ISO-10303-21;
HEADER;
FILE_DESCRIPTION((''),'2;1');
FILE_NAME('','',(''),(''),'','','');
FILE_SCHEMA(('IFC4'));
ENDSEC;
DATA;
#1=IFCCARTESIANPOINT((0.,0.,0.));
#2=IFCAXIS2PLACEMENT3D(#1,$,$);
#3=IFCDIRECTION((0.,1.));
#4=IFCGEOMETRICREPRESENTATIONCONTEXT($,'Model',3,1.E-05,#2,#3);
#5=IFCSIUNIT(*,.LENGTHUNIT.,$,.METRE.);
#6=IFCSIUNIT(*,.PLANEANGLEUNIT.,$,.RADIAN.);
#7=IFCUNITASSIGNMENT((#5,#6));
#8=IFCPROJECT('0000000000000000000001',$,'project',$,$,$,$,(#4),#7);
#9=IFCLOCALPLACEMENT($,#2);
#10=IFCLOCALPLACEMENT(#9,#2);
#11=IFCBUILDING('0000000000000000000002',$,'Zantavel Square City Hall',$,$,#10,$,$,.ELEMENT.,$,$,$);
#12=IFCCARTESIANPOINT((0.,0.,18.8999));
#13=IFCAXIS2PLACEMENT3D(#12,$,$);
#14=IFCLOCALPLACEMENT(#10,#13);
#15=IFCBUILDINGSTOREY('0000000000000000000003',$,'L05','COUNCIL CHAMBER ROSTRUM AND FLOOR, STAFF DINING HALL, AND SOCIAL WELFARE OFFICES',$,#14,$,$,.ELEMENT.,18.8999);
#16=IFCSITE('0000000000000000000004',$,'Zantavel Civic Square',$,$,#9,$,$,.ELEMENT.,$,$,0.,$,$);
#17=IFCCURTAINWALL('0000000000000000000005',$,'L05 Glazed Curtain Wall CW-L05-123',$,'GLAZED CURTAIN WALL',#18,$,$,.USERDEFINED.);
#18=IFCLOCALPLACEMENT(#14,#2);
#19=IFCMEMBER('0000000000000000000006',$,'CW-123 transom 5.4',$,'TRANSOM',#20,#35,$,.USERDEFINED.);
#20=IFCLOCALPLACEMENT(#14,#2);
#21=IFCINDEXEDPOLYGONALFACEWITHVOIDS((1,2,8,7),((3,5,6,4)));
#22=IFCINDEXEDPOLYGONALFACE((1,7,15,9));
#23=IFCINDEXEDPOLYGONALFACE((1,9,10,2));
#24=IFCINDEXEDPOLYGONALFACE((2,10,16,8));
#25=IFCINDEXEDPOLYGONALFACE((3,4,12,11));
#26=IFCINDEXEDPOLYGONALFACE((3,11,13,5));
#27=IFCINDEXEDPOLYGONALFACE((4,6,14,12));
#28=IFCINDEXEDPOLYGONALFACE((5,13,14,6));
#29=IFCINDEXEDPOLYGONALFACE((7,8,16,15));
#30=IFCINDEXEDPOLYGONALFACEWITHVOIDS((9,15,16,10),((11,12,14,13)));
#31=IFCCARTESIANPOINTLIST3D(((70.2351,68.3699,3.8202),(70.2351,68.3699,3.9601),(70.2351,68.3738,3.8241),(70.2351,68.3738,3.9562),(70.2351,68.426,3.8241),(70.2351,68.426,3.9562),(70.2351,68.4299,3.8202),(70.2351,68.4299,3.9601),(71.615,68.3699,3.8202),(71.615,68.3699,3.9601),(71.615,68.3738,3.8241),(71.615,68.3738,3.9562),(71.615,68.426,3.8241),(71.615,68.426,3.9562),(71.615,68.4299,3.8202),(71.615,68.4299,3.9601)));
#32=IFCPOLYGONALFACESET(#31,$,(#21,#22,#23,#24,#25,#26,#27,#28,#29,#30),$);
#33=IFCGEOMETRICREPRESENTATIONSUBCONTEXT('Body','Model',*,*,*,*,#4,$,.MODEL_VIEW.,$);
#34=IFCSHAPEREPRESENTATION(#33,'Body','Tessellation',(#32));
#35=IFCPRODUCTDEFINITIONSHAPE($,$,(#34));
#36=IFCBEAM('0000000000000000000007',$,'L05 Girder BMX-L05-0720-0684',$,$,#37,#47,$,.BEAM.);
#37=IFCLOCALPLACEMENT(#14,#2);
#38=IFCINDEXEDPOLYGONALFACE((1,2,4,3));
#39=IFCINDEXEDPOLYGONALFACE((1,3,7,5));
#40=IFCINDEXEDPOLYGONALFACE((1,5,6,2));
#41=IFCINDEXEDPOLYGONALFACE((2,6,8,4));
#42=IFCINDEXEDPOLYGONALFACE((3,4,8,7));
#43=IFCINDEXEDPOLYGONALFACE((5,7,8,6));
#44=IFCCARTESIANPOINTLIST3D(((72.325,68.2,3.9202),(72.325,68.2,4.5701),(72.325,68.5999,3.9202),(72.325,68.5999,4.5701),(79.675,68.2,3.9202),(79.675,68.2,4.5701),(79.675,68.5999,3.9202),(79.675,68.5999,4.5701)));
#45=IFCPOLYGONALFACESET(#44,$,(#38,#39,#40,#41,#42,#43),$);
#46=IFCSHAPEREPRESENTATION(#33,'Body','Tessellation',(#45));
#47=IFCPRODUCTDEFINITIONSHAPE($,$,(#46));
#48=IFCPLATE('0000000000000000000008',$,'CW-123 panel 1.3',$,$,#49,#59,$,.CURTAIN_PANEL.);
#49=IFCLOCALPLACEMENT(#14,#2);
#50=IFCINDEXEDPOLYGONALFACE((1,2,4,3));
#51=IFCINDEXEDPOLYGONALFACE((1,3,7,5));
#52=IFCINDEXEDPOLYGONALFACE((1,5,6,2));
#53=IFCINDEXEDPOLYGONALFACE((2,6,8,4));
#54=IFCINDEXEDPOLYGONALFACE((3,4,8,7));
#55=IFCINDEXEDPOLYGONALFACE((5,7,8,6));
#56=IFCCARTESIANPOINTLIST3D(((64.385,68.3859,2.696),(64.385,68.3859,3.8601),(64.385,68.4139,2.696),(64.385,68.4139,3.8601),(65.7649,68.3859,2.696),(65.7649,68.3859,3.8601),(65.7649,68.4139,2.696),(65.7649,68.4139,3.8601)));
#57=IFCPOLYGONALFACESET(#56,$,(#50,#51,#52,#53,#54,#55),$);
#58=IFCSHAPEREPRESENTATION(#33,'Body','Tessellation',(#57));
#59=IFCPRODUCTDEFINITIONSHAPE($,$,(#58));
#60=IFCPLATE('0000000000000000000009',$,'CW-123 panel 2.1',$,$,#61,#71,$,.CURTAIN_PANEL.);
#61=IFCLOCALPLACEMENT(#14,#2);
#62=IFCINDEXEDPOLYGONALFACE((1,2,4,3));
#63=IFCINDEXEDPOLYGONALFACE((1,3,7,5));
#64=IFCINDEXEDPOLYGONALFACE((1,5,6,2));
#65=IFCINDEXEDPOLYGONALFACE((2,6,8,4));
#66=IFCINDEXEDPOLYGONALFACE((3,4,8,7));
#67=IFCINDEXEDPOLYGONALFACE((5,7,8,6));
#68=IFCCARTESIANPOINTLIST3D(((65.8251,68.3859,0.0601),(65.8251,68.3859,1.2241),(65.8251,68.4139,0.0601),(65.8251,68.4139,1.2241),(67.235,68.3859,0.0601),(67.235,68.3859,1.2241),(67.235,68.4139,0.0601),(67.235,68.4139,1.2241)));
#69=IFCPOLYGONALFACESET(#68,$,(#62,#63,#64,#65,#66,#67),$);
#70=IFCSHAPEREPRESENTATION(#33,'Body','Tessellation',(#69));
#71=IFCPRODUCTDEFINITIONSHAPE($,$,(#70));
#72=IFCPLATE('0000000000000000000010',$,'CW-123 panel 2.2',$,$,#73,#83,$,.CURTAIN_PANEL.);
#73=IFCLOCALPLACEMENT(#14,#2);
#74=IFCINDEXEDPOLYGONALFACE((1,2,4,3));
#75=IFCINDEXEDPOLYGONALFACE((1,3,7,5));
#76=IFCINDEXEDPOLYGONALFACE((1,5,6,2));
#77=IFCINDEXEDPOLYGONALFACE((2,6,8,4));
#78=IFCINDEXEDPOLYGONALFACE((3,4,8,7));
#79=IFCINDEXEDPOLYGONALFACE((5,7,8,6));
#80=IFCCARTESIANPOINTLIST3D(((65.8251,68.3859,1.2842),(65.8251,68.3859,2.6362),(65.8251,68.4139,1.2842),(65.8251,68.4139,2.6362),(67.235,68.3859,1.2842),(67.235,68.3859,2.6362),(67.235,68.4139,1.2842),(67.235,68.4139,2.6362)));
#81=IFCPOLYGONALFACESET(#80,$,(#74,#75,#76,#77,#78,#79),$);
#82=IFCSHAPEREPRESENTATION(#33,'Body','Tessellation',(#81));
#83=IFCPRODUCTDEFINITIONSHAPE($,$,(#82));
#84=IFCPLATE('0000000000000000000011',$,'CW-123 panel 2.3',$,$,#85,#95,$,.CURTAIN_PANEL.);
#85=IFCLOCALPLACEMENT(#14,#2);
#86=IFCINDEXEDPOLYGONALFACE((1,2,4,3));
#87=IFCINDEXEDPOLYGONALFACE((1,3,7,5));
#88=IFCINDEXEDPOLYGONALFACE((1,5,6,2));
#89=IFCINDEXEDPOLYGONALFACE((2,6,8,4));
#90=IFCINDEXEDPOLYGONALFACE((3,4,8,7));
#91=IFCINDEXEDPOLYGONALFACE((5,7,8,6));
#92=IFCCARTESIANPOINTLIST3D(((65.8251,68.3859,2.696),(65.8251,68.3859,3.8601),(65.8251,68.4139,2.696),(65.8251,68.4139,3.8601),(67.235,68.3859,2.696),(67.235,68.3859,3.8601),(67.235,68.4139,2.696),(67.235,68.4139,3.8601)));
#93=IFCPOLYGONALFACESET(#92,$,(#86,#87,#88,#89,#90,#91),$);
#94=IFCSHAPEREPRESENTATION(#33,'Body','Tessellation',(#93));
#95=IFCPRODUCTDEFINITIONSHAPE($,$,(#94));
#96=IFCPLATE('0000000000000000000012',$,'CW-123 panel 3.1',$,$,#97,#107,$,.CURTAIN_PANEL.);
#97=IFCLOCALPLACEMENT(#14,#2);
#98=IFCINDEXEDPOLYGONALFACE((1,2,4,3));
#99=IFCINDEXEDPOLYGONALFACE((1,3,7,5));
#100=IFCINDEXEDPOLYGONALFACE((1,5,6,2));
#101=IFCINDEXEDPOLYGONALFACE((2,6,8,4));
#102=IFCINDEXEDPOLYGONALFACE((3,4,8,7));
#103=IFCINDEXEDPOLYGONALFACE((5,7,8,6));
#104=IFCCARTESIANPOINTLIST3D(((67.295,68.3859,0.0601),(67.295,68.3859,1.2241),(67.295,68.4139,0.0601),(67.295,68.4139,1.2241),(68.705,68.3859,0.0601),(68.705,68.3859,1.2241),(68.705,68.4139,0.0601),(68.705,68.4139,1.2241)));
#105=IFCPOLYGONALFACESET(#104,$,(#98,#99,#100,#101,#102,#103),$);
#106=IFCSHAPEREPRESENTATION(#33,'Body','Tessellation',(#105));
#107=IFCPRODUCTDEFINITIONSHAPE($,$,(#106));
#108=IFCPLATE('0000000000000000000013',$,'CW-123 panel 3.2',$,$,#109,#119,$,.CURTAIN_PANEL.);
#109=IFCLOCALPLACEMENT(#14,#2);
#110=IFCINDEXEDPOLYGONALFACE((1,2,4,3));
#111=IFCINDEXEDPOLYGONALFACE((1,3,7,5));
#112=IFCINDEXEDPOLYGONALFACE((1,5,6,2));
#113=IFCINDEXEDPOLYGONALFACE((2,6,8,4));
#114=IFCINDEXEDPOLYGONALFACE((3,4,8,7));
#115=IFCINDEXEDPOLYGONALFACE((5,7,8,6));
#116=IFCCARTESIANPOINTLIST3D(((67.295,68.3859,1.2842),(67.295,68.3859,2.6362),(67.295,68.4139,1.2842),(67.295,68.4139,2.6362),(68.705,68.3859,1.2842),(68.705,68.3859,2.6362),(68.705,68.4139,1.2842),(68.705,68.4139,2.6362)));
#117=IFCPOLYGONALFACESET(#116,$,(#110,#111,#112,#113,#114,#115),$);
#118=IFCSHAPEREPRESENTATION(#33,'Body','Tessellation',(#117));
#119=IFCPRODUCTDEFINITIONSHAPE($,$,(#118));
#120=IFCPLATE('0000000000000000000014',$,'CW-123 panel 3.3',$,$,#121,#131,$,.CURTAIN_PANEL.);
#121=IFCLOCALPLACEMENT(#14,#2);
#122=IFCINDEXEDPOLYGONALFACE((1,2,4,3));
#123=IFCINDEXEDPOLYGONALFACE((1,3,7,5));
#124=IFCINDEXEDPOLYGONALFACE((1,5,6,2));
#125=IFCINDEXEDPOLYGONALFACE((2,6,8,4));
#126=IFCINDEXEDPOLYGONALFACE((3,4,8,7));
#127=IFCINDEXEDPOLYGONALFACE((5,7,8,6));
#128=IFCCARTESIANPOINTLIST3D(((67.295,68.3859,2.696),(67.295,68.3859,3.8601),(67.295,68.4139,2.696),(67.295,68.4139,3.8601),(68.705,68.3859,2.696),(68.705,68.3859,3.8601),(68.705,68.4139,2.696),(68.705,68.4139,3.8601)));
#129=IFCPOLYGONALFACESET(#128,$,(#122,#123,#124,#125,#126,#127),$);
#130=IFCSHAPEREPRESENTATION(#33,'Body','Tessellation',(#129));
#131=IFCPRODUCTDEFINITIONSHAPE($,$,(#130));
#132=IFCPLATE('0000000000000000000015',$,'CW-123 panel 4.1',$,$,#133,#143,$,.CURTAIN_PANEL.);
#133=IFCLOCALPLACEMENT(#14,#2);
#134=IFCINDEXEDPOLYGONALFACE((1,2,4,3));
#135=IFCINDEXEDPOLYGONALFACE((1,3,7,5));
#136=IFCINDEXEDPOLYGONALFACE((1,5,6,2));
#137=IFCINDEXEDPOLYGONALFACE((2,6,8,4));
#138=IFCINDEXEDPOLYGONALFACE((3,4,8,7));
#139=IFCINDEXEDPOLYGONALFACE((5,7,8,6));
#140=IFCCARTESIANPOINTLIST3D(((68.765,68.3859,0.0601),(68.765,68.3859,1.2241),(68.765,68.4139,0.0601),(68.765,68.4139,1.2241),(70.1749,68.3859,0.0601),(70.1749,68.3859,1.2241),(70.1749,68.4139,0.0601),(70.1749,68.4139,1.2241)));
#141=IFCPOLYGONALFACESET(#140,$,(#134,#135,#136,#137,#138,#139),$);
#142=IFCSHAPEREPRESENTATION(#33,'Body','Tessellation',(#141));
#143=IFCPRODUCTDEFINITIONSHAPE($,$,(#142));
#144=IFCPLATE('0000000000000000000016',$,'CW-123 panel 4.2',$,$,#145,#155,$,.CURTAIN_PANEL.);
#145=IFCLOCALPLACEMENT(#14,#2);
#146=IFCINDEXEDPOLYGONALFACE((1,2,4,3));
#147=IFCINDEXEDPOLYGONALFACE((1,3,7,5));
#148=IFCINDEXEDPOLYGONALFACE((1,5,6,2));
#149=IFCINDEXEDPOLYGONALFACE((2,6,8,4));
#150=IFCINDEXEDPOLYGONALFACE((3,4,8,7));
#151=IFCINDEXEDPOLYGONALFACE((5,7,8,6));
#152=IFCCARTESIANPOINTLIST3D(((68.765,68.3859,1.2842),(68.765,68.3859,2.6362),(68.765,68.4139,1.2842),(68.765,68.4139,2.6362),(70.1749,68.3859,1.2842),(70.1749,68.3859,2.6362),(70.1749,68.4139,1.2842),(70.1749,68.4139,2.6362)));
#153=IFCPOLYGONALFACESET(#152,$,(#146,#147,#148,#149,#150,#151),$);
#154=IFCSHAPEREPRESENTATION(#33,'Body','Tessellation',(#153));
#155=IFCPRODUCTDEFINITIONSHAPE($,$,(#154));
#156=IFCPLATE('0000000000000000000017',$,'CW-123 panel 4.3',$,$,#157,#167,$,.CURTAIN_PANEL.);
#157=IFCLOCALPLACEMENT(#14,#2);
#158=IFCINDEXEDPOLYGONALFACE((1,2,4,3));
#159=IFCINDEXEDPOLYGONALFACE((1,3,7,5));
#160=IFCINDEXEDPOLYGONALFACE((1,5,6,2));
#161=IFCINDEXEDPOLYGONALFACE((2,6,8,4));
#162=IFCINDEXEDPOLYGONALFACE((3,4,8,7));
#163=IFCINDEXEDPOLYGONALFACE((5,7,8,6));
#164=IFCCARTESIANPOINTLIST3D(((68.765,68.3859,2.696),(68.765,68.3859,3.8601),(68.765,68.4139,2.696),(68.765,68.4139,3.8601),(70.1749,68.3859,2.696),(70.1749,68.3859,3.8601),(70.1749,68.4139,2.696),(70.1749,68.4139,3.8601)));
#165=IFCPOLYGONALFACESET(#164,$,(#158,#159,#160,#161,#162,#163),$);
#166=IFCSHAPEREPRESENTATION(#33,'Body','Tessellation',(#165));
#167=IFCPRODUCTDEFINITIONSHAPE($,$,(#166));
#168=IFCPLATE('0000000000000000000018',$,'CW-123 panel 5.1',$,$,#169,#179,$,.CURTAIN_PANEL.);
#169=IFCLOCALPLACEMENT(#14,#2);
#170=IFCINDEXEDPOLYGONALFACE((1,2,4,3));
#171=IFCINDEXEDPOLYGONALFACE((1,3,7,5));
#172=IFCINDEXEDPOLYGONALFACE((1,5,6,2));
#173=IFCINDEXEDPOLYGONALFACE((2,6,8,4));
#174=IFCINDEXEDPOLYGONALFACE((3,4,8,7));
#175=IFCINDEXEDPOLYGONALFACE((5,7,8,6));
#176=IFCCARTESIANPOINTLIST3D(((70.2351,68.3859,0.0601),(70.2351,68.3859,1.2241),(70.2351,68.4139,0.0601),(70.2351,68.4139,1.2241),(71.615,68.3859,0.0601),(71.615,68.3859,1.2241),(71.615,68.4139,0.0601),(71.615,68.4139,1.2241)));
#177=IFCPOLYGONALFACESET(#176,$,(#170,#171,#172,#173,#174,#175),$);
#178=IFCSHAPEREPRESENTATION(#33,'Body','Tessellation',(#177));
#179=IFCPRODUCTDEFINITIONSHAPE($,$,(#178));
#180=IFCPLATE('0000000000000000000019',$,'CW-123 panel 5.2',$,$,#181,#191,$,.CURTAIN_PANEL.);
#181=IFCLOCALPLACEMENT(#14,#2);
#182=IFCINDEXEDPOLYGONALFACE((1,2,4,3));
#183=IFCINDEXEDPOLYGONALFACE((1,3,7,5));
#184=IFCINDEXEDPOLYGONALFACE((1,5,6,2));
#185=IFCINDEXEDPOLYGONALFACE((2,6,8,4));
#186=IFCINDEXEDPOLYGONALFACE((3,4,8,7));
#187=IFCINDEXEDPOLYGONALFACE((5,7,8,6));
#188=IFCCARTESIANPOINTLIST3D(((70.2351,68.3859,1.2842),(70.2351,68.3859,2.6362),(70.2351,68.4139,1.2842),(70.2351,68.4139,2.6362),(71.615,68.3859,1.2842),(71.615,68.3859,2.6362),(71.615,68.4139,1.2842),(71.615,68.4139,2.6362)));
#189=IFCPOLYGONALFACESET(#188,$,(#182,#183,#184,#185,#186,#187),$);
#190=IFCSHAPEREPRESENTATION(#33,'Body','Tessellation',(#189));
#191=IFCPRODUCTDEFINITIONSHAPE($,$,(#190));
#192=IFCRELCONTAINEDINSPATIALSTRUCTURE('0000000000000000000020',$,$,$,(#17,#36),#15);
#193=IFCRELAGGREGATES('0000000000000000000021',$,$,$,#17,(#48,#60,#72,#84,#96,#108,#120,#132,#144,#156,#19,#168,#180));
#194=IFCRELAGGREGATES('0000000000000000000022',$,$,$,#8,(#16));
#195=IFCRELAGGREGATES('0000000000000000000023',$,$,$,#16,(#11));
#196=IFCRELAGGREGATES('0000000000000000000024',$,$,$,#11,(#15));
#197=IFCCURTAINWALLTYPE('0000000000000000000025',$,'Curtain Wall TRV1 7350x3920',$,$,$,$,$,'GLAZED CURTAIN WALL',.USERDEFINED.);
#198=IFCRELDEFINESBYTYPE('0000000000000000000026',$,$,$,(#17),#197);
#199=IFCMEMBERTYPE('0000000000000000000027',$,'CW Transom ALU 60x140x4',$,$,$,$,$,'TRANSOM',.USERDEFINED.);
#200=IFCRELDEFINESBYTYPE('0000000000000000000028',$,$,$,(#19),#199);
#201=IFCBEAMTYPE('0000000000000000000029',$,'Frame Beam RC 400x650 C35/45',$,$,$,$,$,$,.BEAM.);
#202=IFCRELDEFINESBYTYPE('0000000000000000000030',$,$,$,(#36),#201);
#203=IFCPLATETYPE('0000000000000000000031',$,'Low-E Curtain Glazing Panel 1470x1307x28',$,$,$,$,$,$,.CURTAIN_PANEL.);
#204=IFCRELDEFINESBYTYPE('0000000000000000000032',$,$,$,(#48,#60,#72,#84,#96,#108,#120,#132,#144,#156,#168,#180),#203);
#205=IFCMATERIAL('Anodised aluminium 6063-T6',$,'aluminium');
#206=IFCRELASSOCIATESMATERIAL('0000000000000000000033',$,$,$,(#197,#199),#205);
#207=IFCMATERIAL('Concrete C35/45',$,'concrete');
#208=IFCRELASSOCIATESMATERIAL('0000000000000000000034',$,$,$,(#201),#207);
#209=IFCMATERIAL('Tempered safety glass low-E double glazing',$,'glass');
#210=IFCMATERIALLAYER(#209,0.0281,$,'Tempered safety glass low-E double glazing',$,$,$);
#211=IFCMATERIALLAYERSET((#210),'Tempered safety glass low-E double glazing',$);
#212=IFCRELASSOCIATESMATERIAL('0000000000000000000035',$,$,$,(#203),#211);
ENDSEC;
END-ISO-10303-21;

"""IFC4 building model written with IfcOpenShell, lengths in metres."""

from ifc_helpers import new_model, si_unit, direction, frame, origin, origin_2d, place, context, subcontext, project, spatial, rectangle, hollow_rectangle, extrude, material, layer, layer_set, material_profile, profile_set, type_object, element, aggregate, save


model = new_model("IFC4")

# Units and contexts
model_context = context("Model", 3, precision=1e-05, world=origin(), true_north=direction((0.0, 1.0)))
body_context = subcontext(model_context, "Body", "Model", "MODEL_VIEW")
ifc_project = project(units=[si_unit("LENGTHUNIT", "METRE"), si_unit("PLANEANGLEUNIT", "RADIAN")], contexts=[model_context])

# Site, building, storey
site_placement = place(None, origin())
site = spatial("IfcSite", under=ifc_project, at=site_placement, Name="Zantavel Civic Square", CompositionType="ELEMENT", RefElevation=0.0)
building_placement = place(site_placement, origin())
building = spatial("IfcBuilding", under=site, at=building_placement, Name="Zantavel Square City Hall", CompositionType="ELEMENT")
storey_placement = place(building_placement, frame((0.0, 0.0, 18.8999)))
storey = spatial("IfcBuildingStorey", under=building, at=storey_placement, Name="L05", Description="COUNCIL CHAMBER ROSTRUM AND FLOOR, STAFF DINING HALL, AND SOCIAL WELFARE OFFICES", CompositionType="ELEMENT", Elevation=18.8999)

# Curtain wall
ifc_material_1 = material(Name="Anodised aluminium 6063-T6", Category="aluminium")
curtain_wall_type = type_object("IfcCurtainWallType", Name="Curtain Wall TRV1 7350x3920", ElementType="GLAZED CURTAIN WALL", PredefinedType="USERDEFINED", material=ifc_material_1)
curtain_wall_1_placement = place(storey_placement, origin())
curtain_wall_1 = element("IfcCurtainWall", 1, at=curtain_wall_1_placement, inside=storey, type_object=curtain_wall_type, Name="L05 Glazed Curtain Wall CW-L05-123", ObjectType="GLAZED CURTAIN WALL", PredefinedType="USERDEFINED")

# Member
ifc_material_profile_1 = material_profile(ifc_material_1, hollow_rectangle(XDim=0.0601, YDim=0.1399, WallThickness=0.0039, at=origin_2d()), Name="ALU 60x140x4")
ifc_profile_set_1 = profile_set([ifc_material_profile_1], Name="Anodised aluminium 6063-T6")
member_type_1 = type_object("IfcMemberType", Name="CW Transom ALU 60x140x4", ElementType="TRANSOM", PredefinedType="USERDEFINED", material=ifc_profile_set_1)
member_1_placement = place(storey_placement, frame((70.2351, 68.3999, 3.8901), z_axis=(1.0, 0.0, 0.0), x_axis=(0.0, 1.0, 0.0)))
member_1 = element("IfcMember", 2, at=member_1_placement, type_object=member_type_1, Name="CW-123 transom 5.4", ObjectType="TRANSOM", PredefinedType="USERDEFINED", context=body_context, shape_type="SweptSolid", body=[
    extrude(hollow_rectangle(XDim=0.0601, YDim=0.1399, WallThickness=0.0039, at=origin_2d()), origin(), (0.0, 0.0, 1.0), 1.3799),
])

# Beam
ifc_material_2 = material(Name="Concrete C35/45", Category="concrete")
ifc_material_profile_2 = material_profile(ifc_material_2, rectangle(XDim=0.3999, YDim=0.6499, at=origin_2d()), Name="RC 400x650")
ifc_profile_set_2 = profile_set([ifc_material_profile_2], Name="Concrete C35/45")
beam_type = type_object("IfcBeamType", Name="Frame Beam RC 400x650 C35/45", PredefinedType="BEAM", material=ifc_profile_set_2)
beam_placement = place(storey_placement, frame((72.325, 68.3999, 4.2451), z_axis=(1.0, 0.0, 0.0), x_axis=(0.0, 1.0, 0.0)))
element("IfcBeam", 3, at=beam_placement, inside=storey, type_object=beam_type, Name="L05 Girder BMX-L05-0720-0684", PredefinedType="BEAM", context=body_context, shape_type="SweptSolid", body=[
    extrude(rectangle(XDim=0.3999, YDim=0.6499, at=origin_2d()), origin(), (0.0, 0.0, 1.0), 7.3501),
])

# Plates
ifc_material_3 = material(Name="Tempered safety glass low-E double glazing", Category="glass")
ifc_layer = layer(ifc_material_3, 0.0281, Name="Tempered safety glass low-E double glazing")
ifc_layer_set = layer_set([ifc_layer], Name="Tempered safety glass low-E double glazing")
plate_type = type_object("IfcPlateType", Name="Low-E Curtain Glazing Panel 1470x1307x28", PredefinedType="CURTAIN_PANEL", material=ifc_layer_set)
plate_1_placement = place(storey_placement, frame((65.075, 68.3999, 2.696), z_axis=(0.0, 0.0, 1.0), x_axis=(1.0, 0.0, 0.0)))
plate_1 = element("IfcPlate", 4, at=plate_1_placement, type_object=plate_type, Name="CW-123 panel 1.3", PredefinedType="CURTAIN_PANEL", context=body_context, shape_type="SweptSolid", body=[
    extrude(rectangle(XDim=1.3799, YDim=0.0281, at=origin_2d()), origin(), (0.0, 0.0, 1.0), 1.1641),
])
plate_2_placement = place(storey_placement, frame((66.53, 68.3999, 0.0601), z_axis=(0.0, 0.0, 1.0), x_axis=(1.0, 0.0, 0.0)))
plate_2 = element("IfcPlate", 5, at=plate_2_placement, type_object=plate_type, Name="CW-123 panel 2.1", PredefinedType="CURTAIN_PANEL", context=body_context, shape_type="SweptSolid", body=[
    extrude(rectangle(XDim=1.4099, YDim=0.0281, at=origin_2d()), origin(), (0.0, 0.0, 1.0), 1.1641),
])
plate_3_placement = place(storey_placement, frame((66.53, 68.3999, 1.2842), z_axis=(0.0, 0.0, 1.0), x_axis=(1.0, 0.0, 0.0)))
plate_3 = element("IfcPlate", 6, at=plate_3_placement, type_object=plate_type, Name="CW-123 panel 2.2", PredefinedType="CURTAIN_PANEL", context=body_context, shape_type="SweptSolid", body=[
    extrude(rectangle(XDim=1.4099, YDim=0.0281, at=origin_2d()), origin(), (0.0, 0.0, 1.0), 1.3521),
])
plate_4_placement = place(storey_placement, frame((66.53, 68.3999, 2.696), z_axis=(0.0, 0.0, 1.0), x_axis=(1.0, 0.0, 0.0)))
plate_4 = element("IfcPlate", 7, at=plate_4_placement, type_object=plate_type, Name="CW-123 panel 2.3", PredefinedType="CURTAIN_PANEL", context=body_context, shape_type="SweptSolid", body=[
    extrude(rectangle(XDim=1.4099, YDim=0.0281, at=origin_2d()), origin(), (0.0, 0.0, 1.0), 1.1641),
])
plate_5_placement = place(storey_placement, frame((68.0, 68.3999, 0.0601), z_axis=(0.0, 0.0, 1.0), x_axis=(1.0, 0.0, 0.0)))
plate_5 = element("IfcPlate", 8, at=plate_5_placement, type_object=plate_type, Name="CW-123 panel 3.1", PredefinedType="CURTAIN_PANEL", context=body_context, shape_type="SweptSolid", body=[
    extrude(rectangle(XDim=1.4099, YDim=0.0281, at=origin_2d()), origin(), (0.0, 0.0, 1.0), 1.1641),
])
plate_6_placement = place(storey_placement, frame((68.0, 68.3999, 1.2842), z_axis=(0.0, 0.0, 1.0), x_axis=(1.0, 0.0, 0.0)))
plate_6 = element("IfcPlate", 9, at=plate_6_placement, type_object=plate_type, Name="CW-123 panel 3.2", PredefinedType="CURTAIN_PANEL", context=body_context, shape_type="SweptSolid", body=[
    extrude(rectangle(XDim=1.4099, YDim=0.0281, at=origin_2d()), origin(), (0.0, 0.0, 1.0), 1.3521),
])
plate_7_placement = place(storey_placement, frame((68.0, 68.3999, 2.696), z_axis=(0.0, 0.0, 1.0), x_axis=(1.0, 0.0, 0.0)))
plate_7 = element("IfcPlate", 10, at=plate_7_placement, type_object=plate_type, Name="CW-123 panel 3.3", PredefinedType="CURTAIN_PANEL", context=body_context, shape_type="SweptSolid", body=[
    extrude(rectangle(XDim=1.4099, YDim=0.0281, at=origin_2d()), origin(), (0.0, 0.0, 1.0), 1.1641),
])
plate_8_placement = place(storey_placement, frame((69.47, 68.3999, 0.0601), z_axis=(0.0, 0.0, 1.0), x_axis=(1.0, 0.0, 0.0)))
plate_8 = element("IfcPlate", 11, at=plate_8_placement, type_object=plate_type, Name="CW-123 panel 4.1", PredefinedType="CURTAIN_PANEL", context=body_context, shape_type="SweptSolid", body=[
    extrude(rectangle(XDim=1.4099, YDim=0.0281, at=origin_2d()), origin(), (0.0, 0.0, 1.0), 1.1641),
])
plate_9_placement = place(storey_placement, frame((69.47, 68.3999, 1.2842), z_axis=(0.0, 0.0, 1.0), x_axis=(1.0, 0.0, 0.0)))
plate_9 = element("IfcPlate", 12, at=plate_9_placement, type_object=plate_type, Name="CW-123 panel 4.2", PredefinedType="CURTAIN_PANEL", context=body_context, shape_type="SweptSolid", body=[
    extrude(rectangle(XDim=1.4099, YDim=0.0281, at=origin_2d()), origin(), (0.0, 0.0, 1.0), 1.3521),
])
plate_10_placement = place(storey_placement, frame((69.47, 68.3999, 2.696), z_axis=(0.0, 0.0, 1.0), x_axis=(1.0, 0.0, 0.0)))
plate_10 = element("IfcPlate", 13, at=plate_10_placement, type_object=plate_type, Name="CW-123 panel 4.3", PredefinedType="CURTAIN_PANEL", context=body_context, shape_type="SweptSolid", body=[
    extrude(rectangle(XDim=1.4099, YDim=0.0281, at=origin_2d()), origin(), (0.0, 0.0, 1.0), 1.1641),
])
plate_11_placement = place(storey_placement, frame((70.925, 68.3999, 0.0601), z_axis=(0.0, 0.0, 1.0), x_axis=(1.0, 0.0, 0.0)))
plate_11 = element("IfcPlate", 14, at=plate_11_placement, type_object=plate_type, Name="CW-123 panel 5.1", PredefinedType="CURTAIN_PANEL", context=body_context, shape_type="SweptSolid", body=[
    extrude(rectangle(XDim=1.3799, YDim=0.0281, at=origin_2d()), origin(), (0.0, 0.0, 1.0), 1.1641),
])
plate_12_placement = place(storey_placement, frame((70.925, 68.3999, 1.2842), z_axis=(0.0, 0.0, 1.0), x_axis=(1.0, 0.0, 0.0)))
plate_12 = element("IfcPlate", 15, at=plate_12_placement, type_object=plate_type, Name="CW-123 panel 5.2", PredefinedType="CURTAIN_PANEL", context=body_context, shape_type="SweptSolid", body=[
    extrude(rectangle(XDim=1.3799, YDim=0.0281, at=origin_2d()), origin(), (0.0, 0.0, 1.0), 1.3521),
])
aggregate(curtain_wall_1, [plate_1, plate_2, plate_3, plate_4, plate_5, plate_6, plate_7, plate_8, plate_9, plate_10, member_1, plate_11, plate_12])

save(model, "model.ifc")
